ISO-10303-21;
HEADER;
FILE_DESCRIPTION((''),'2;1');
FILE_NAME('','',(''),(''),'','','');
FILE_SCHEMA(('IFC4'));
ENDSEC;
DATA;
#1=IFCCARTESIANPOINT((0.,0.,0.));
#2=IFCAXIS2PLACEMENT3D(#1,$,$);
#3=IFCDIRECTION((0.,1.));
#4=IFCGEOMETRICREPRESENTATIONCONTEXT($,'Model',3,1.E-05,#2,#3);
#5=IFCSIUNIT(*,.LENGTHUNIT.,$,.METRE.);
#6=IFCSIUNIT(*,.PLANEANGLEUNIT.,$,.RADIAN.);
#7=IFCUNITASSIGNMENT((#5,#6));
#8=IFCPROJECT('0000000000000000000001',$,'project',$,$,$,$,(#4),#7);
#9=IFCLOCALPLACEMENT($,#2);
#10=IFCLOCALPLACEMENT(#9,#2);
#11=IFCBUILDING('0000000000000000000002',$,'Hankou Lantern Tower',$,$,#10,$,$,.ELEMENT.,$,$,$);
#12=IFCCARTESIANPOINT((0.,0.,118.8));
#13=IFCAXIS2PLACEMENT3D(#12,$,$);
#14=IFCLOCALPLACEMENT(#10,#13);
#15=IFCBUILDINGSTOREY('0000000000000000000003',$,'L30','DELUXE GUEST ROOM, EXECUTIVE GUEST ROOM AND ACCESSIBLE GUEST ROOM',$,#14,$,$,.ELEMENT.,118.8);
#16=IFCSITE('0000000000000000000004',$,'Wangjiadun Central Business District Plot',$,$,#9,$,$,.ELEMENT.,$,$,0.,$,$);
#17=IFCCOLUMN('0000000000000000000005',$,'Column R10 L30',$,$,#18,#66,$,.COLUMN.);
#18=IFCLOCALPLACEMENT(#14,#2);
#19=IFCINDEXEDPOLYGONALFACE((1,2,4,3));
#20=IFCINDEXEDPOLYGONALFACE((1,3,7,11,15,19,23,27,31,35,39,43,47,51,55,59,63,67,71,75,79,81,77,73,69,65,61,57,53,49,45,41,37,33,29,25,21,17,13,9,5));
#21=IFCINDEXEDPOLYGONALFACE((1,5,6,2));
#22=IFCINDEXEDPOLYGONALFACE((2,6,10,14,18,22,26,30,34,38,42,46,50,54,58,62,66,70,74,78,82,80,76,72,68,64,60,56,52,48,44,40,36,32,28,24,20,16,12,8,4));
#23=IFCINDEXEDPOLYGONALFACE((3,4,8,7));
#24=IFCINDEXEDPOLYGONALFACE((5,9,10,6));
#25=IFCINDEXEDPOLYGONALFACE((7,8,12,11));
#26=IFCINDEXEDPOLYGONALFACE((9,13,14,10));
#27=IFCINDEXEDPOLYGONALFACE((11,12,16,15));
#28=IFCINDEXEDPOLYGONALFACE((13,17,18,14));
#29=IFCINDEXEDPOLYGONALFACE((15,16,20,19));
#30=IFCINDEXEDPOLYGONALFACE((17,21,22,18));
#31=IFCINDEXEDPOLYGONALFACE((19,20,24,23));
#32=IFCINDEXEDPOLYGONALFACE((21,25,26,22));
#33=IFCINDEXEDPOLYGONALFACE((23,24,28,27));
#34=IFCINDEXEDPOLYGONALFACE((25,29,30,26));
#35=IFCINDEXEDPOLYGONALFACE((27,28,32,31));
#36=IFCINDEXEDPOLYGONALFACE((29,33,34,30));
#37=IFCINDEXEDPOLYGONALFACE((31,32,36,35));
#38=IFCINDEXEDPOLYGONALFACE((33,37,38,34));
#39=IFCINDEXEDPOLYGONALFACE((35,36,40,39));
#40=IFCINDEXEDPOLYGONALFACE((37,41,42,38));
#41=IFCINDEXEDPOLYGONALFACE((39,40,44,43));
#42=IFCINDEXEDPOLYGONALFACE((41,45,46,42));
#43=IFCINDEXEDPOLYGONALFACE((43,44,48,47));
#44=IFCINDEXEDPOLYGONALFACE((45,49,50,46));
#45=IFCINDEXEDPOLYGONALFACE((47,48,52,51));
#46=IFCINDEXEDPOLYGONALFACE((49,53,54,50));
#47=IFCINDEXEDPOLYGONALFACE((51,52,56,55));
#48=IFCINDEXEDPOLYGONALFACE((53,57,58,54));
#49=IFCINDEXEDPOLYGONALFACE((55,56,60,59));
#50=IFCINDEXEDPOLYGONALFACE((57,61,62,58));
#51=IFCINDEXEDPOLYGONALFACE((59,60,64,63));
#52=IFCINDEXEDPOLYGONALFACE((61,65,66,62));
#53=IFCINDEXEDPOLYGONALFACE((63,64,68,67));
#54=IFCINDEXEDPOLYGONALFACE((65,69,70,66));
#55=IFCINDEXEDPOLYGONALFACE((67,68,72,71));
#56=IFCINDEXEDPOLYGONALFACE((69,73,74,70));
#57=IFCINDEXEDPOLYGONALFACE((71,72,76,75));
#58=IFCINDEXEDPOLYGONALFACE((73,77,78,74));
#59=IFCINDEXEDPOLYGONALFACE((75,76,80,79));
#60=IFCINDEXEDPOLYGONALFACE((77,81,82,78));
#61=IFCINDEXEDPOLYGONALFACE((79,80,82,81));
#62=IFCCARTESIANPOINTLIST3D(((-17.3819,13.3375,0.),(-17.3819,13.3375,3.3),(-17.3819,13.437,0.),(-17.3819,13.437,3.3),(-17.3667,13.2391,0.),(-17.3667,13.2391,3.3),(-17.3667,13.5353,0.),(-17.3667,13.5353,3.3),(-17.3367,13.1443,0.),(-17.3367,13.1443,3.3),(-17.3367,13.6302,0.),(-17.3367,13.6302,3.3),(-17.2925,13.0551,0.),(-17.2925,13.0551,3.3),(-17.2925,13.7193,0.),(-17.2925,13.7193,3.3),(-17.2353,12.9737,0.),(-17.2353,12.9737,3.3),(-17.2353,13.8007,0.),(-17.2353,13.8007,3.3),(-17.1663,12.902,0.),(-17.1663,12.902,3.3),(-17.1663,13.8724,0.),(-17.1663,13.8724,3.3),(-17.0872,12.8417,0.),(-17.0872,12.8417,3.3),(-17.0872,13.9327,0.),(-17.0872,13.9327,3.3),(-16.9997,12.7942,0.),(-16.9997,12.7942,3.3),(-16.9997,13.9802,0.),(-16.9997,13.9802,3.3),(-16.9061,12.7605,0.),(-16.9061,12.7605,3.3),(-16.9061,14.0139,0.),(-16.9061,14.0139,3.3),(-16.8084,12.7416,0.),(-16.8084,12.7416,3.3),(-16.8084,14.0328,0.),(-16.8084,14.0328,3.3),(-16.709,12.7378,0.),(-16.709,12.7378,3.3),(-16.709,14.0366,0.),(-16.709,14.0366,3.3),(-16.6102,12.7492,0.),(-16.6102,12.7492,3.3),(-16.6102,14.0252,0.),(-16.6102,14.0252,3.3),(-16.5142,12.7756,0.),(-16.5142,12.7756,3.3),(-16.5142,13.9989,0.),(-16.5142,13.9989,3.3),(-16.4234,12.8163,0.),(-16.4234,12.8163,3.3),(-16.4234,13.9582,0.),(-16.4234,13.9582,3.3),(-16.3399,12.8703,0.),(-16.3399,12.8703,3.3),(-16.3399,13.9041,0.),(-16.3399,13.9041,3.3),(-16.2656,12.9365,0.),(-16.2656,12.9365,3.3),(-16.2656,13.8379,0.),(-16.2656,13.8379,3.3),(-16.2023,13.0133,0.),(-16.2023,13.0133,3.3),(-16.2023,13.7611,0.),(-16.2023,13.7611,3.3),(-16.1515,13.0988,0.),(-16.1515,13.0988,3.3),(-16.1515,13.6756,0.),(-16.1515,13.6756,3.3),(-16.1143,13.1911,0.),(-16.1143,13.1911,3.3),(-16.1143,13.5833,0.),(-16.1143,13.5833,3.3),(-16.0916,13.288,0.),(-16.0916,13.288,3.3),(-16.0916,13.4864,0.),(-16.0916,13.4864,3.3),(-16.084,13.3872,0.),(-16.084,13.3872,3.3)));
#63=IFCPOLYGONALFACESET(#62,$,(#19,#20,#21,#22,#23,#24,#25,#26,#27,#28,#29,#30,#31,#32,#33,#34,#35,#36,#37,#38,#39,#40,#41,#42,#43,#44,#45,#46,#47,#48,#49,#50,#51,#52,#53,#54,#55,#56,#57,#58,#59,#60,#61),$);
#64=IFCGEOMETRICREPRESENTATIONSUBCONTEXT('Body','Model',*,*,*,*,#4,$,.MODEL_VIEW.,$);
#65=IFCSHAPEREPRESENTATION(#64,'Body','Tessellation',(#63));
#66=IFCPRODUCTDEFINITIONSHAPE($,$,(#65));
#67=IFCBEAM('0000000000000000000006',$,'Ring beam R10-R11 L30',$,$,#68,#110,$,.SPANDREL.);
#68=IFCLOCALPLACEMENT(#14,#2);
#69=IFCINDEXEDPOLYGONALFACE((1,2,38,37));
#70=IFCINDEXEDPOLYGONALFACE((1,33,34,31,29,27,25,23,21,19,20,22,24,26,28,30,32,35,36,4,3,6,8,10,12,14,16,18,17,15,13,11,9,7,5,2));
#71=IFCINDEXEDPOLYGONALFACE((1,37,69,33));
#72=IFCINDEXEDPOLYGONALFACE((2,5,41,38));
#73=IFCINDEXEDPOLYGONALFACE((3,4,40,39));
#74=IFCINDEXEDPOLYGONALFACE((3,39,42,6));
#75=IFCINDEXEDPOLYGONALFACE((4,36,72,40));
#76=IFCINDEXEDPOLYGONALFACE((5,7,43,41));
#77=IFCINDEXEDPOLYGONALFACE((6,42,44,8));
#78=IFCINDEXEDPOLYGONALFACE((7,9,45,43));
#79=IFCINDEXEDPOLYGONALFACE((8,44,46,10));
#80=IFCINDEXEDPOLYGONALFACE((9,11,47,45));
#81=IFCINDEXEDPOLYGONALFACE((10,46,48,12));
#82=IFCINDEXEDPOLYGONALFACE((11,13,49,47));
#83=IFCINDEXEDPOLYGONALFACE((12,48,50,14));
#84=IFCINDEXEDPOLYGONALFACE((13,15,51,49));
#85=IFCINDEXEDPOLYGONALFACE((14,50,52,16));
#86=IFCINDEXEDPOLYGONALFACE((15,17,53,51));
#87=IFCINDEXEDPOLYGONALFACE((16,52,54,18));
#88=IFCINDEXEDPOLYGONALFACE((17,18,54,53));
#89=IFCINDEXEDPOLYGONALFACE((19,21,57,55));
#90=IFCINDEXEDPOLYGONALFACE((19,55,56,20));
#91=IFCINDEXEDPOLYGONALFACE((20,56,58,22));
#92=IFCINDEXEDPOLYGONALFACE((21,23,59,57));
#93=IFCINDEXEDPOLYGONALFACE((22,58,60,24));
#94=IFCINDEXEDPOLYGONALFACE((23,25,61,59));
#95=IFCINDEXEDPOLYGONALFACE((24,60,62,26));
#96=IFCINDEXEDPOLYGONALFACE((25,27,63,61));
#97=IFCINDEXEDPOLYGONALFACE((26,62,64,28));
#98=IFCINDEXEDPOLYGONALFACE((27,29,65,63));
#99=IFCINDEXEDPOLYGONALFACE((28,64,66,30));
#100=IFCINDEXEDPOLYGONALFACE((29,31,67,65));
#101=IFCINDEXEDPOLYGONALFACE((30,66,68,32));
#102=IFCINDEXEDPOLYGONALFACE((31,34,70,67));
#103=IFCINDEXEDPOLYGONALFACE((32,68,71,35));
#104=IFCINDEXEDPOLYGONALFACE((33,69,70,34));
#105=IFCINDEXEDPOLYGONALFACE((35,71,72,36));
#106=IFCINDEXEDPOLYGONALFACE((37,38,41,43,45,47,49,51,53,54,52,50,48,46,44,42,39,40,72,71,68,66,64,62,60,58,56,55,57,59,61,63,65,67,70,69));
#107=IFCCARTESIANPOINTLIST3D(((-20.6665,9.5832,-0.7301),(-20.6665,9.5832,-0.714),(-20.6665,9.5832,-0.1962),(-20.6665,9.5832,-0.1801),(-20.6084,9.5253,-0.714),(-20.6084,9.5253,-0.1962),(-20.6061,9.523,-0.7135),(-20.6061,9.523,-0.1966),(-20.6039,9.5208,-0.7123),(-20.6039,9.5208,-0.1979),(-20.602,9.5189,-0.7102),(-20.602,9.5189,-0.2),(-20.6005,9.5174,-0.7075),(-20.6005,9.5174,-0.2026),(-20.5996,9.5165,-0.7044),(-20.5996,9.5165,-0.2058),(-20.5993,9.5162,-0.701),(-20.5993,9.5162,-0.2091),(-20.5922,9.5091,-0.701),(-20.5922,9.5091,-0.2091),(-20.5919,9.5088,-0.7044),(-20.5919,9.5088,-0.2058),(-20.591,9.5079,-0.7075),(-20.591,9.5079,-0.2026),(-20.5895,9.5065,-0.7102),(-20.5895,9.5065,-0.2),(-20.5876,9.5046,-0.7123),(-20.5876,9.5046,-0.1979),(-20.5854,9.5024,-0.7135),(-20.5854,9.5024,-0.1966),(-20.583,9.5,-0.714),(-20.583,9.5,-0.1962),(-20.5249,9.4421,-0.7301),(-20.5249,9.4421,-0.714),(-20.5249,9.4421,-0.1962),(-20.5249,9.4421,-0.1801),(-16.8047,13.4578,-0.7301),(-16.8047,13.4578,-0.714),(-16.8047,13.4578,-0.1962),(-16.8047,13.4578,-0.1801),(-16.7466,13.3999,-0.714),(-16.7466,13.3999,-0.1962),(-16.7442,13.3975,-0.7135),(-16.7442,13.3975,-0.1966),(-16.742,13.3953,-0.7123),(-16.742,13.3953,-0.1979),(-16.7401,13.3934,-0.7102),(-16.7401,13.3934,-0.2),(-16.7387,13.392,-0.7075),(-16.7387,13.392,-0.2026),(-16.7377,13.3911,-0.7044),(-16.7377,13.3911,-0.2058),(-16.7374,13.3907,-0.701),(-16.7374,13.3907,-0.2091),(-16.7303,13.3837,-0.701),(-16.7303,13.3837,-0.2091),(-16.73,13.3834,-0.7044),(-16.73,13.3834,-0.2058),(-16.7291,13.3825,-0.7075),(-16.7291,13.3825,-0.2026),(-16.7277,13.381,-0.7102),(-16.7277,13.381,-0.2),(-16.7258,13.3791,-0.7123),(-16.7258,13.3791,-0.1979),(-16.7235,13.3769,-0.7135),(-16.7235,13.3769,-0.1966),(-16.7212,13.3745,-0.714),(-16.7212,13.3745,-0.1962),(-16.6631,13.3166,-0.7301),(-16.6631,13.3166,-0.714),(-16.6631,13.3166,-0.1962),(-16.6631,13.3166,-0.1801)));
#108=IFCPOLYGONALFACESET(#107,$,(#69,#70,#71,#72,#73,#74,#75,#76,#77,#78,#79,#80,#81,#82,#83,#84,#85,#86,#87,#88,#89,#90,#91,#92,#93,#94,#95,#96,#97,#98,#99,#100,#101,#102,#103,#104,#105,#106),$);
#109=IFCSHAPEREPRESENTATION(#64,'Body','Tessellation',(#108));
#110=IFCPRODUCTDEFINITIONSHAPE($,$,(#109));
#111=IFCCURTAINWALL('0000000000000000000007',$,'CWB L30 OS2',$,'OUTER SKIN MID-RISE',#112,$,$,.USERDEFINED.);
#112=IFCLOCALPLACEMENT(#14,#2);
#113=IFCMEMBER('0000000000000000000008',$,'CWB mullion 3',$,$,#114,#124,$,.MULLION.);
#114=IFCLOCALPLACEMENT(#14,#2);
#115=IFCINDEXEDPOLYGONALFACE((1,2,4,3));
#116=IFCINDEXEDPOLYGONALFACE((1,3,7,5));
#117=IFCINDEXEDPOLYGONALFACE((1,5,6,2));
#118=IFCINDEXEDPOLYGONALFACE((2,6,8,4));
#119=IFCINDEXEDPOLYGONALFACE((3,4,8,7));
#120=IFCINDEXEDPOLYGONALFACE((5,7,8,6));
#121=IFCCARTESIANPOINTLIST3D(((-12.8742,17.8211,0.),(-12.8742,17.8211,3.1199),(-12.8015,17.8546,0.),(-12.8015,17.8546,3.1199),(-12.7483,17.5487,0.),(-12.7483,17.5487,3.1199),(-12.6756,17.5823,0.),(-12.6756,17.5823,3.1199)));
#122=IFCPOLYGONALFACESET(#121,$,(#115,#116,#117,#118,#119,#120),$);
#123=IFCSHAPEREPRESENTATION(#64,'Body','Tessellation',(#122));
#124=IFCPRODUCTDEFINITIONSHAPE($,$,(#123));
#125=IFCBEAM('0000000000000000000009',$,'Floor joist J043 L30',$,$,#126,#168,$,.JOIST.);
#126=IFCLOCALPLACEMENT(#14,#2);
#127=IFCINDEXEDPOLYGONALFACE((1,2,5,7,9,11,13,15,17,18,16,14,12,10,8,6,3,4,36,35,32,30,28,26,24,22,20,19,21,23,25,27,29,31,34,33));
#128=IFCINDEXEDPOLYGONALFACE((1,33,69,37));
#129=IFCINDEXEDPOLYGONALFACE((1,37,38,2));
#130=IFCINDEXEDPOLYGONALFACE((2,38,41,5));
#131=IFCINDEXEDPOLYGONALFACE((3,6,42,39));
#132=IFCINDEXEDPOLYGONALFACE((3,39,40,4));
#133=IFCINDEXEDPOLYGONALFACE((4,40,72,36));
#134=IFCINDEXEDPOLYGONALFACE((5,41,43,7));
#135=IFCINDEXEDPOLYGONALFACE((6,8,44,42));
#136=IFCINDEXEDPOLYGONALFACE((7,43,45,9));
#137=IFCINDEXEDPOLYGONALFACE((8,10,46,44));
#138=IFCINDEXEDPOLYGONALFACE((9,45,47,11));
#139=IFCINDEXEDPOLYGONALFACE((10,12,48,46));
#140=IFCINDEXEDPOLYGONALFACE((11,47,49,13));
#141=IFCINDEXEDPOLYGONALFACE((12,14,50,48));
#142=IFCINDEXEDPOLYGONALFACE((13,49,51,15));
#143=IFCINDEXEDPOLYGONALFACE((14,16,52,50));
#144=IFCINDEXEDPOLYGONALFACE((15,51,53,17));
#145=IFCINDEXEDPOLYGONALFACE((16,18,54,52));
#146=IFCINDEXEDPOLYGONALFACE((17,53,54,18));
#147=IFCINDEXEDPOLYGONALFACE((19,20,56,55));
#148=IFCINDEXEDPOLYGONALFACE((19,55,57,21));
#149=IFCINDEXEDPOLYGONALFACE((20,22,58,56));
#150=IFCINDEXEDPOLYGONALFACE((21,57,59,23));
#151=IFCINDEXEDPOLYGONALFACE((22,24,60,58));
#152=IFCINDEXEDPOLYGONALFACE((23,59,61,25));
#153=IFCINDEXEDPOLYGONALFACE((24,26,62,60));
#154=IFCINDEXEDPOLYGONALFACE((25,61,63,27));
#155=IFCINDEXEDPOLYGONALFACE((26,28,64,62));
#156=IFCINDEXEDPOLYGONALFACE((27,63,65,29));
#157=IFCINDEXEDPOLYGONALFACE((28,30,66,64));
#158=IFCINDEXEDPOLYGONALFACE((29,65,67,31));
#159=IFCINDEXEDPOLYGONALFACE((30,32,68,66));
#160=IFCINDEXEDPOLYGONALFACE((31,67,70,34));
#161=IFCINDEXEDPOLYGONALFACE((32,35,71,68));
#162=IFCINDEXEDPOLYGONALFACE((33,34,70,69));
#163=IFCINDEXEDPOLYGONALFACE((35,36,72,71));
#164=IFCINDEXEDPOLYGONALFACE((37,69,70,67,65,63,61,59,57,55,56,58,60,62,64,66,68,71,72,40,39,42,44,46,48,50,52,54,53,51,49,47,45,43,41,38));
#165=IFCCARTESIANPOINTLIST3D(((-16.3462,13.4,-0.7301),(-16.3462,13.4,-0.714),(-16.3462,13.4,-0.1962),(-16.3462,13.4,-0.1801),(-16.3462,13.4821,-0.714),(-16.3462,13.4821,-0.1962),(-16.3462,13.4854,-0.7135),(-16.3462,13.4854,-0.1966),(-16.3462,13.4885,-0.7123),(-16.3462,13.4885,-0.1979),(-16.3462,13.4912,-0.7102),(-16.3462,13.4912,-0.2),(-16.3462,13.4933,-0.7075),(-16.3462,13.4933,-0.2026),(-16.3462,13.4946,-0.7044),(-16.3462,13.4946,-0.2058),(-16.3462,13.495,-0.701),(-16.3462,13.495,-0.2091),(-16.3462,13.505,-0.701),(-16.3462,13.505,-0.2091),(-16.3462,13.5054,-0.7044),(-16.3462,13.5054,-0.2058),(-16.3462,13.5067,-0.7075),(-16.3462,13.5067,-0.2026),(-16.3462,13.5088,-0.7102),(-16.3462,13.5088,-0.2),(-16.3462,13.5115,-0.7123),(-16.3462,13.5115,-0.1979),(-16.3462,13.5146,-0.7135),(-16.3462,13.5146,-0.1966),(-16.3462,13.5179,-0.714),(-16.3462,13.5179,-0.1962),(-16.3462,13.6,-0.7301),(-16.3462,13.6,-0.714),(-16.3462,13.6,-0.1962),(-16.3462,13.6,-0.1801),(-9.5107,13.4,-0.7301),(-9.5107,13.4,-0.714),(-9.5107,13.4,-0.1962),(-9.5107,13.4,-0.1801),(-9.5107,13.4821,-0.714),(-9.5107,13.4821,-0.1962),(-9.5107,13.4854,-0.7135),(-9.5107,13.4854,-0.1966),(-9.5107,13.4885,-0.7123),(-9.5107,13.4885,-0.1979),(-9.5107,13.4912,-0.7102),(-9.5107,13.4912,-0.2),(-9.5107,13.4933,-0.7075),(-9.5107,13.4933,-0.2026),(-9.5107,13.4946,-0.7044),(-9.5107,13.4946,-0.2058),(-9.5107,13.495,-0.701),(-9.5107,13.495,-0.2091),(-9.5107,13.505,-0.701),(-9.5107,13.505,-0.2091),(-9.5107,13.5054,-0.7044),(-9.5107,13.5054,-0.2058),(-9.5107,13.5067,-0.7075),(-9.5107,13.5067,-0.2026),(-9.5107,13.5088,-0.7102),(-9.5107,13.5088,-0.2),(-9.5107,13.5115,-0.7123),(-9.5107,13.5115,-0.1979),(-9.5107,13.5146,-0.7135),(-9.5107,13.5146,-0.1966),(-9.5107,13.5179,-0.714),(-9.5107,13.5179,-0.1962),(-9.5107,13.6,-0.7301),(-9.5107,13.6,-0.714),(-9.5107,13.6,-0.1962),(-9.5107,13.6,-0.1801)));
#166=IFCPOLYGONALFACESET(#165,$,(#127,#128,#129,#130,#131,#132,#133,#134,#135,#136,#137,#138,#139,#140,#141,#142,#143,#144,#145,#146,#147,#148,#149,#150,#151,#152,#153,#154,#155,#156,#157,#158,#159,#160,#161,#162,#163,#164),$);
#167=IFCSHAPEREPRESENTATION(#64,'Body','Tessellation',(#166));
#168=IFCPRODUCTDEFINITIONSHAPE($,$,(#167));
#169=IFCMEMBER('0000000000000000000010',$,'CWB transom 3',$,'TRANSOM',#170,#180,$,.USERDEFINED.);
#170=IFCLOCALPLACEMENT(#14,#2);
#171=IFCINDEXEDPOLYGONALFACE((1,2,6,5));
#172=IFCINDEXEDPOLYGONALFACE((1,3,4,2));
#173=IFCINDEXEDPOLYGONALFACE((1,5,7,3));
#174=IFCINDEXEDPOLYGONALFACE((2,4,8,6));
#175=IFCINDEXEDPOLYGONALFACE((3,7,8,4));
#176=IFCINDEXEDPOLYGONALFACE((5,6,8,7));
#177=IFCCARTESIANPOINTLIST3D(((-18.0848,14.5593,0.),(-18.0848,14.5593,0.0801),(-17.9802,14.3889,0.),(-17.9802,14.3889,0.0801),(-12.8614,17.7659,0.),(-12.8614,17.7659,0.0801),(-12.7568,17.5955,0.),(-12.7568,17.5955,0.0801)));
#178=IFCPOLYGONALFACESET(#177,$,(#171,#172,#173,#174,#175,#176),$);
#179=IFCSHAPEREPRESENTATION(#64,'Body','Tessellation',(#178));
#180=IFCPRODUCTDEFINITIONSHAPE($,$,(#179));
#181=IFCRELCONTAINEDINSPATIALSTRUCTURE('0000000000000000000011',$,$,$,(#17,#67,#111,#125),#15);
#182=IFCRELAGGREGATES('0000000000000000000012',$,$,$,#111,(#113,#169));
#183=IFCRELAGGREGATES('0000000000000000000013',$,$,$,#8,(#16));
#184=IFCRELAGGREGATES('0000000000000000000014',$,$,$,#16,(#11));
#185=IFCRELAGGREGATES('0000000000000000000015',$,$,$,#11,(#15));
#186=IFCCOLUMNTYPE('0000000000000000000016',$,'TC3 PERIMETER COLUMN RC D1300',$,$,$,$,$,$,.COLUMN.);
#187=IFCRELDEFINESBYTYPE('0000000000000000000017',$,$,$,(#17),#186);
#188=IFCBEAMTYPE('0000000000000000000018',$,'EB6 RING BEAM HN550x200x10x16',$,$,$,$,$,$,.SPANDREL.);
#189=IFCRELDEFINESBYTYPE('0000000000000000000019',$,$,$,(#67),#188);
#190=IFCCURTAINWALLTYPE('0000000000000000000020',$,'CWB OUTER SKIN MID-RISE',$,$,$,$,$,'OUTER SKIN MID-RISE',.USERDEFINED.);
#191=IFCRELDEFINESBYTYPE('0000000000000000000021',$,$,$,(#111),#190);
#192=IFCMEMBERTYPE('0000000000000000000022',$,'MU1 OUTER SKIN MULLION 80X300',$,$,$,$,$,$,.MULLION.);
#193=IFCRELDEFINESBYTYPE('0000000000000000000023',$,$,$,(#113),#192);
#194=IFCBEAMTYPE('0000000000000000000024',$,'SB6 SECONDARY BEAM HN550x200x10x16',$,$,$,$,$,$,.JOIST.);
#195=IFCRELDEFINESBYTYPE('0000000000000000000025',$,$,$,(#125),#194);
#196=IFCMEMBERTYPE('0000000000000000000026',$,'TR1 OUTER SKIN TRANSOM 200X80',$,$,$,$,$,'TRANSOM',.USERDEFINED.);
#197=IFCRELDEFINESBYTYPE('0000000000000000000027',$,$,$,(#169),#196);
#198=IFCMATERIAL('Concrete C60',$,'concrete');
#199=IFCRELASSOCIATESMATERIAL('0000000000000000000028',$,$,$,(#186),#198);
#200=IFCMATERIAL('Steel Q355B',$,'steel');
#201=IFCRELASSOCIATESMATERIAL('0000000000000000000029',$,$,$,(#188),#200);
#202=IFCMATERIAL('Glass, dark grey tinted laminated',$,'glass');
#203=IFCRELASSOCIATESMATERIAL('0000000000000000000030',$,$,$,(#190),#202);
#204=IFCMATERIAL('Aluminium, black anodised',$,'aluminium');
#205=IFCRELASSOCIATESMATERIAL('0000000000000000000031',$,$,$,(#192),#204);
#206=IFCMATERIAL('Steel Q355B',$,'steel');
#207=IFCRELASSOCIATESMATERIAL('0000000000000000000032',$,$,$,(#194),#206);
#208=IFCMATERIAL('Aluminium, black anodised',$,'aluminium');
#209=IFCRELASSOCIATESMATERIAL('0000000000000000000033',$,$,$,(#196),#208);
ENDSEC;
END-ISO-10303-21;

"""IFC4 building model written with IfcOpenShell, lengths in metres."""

from ifc_helpers import new_model, si_unit, direction, frame, origin, origin_2d, place, context, subcontext, project, spatial, rectangle, circle, i_section, extrude, material, material_profile, profile_set, type_object, element, aggregate, save


model = new_model("IFC4")

# Units and contexts
model_context = context("Model", 3, precision=1e-05, world=origin(), true_north=direction((0.0, 1.0)))
body_context = subcontext(model_context, "Body", "Model", "MODEL_VIEW")
ifc_project = project(units=[si_unit("LENGTHUNIT", "METRE"), si_unit("PLANEANGLEUNIT", "RADIAN")], contexts=[model_context])

# Site, building, storey
site_placement = place(None, origin())
site = spatial("IfcSite", under=ifc_project, at=site_placement, Name="Wangjiadun Central Business District Plot", CompositionType="ELEMENT", RefElevation=0.0)
building_placement = place(site_placement, origin())
building = spatial("IfcBuilding", under=site, at=building_placement, Name="Hankou Lantern Tower", CompositionType="ELEMENT")
storey_placement = place(building_placement, frame((0.0, 0.0, 118.8)))
storey = spatial("IfcBuildingStorey", under=building, at=storey_placement, Name="L30", Description="DELUXE GUEST ROOM, EXECUTIVE GUEST ROOM AND ACCESSIBLE GUEST ROOM", CompositionType="ELEMENT", Elevation=118.8)

# Column
ifc_material_1 = material(Name="Concrete C60", Category="concrete")
ifc_material_profile_1 = material_profile(ifc_material_1, circle(Radius=0.6499, at=origin_2d()), Name="RC D1300")
ifc_profile_set_1 = profile_set([ifc_material_profile_1], Name="Concrete C60")
column_type = type_object("IfcColumnType", Name="TC3 PERIMETER COLUMN RC D1300", PredefinedType="COLUMN", material=ifc_profile_set_1)
column_placement = place(storey_placement, frame((-16.7339, 13.3872, 0.0), z_axis=(0.0, 0.0, 1.0), x_axis=(1.0, 0.0, 0.0)))
element("IfcColumn", 1, at=column_placement, inside=storey, type_object=column_type, Name="Column R10 L30", PredefinedType="COLUMN", context=body_context, shape_type="SweptSolid", body=[
    extrude(circle(Radius=0.6499, at=origin_2d()), origin(), (0.0, 0.0, 1.0), 3.3),
])

# Beam
ifc_material_2 = material(Name="Steel Q355B", Category="steel")
ifc_material_profile_2 = material_profile(ifc_material_2, i_section(OverallWidth=0.2, OverallDepth=0.55, WebThickness=0.01, FlangeThickness=0.0161, FilletRadius=0.0129, at=origin_2d()), Name="HN550x200x10x16")
ifc_profile_set_2 = profile_set([ifc_material_profile_2], Name="Steel Q355B")
beam_type_1 = type_object("IfcBeamType", Name="EB6 RING BEAM HN550x200x10x16", PredefinedType="SPANDREL", material=ifc_profile_set_2)
beam_1_placement = place(storey_placement, frame((-16.7339, 13.3872, -0.4551), z_axis=(-0.705945, -0.708266, 0.0), x_axis=(0.708266, -0.705945, 0.0)))
element("IfcBeam", 2, at=beam_1_placement, inside=storey, type_object=beam_type_1, Name="Ring beam R10-R11 L30", PredefinedType="SPANDREL", context=body_context, shape_type="SweptSolid", body=[
    extrude(i_section(OverallWidth=0.2, OverallDepth=0.55, WebThickness=0.01, FlangeThickness=0.0161, FilletRadius=0.0129, at=origin_2d()), origin(), (0.0, 0.0, 1.0), 5.4705),
])

# Curtain wall, member
ifc_material_3 = material(Name="Glass, dark grey tinted laminated", Category="glass")
curtain_wall_type = type_object("IfcCurtainWallType", Name="CWB OUTER SKIN MID-RISE", ElementType="OUTER SKIN MID-RISE", PredefinedType="USERDEFINED", material=ifc_material_3)
curtain_wall_placement = place(storey_placement, origin())
curtain_wall = element("IfcCurtainWall", 3, at=curtain_wall_placement, inside=storey, type_object=curtain_wall_type, Name="CWB L30 OS2", ObjectType="OUTER SKIN MID-RISE", PredefinedType="USERDEFINED")
ifc_material_4 = material(Name="Aluminium, black anodised", Category="aluminium")
ifc_material_profile_3 = material_profile(ifc_material_4, rectangle(XDim=0.0801, YDim=0.3, at=origin_2d()), Name="MU1 80X300")
ifc_profile_set_3 = profile_set([ifc_material_profile_3], Name="Aluminium, black anodised")
member_type_1 = type_object("IfcMemberType", Name="MU1 OUTER SKIN MULLION 80X300", PredefinedType="MULLION", material=ifc_profile_set_3)
member_1_placement = place(storey_placement, frame((-12.7749, 17.7017, 0.0), z_axis=(0.0, 0.0, 1.0), x_axis=(-0.907841, -0.419314, 0.0)))
member_1 = element("IfcMember", 4, at=member_1_placement, type_object=member_type_1, Name="CWB mullion 3", PredefinedType="MULLION", context=body_context, shape_type="SweptSolid", body=[
    extrude(rectangle(XDim=0.0801, YDim=0.3, at=origin_2d()), origin(), (0.0, 0.0, 1.0), 3.1199),
])

# Beam
ifc_material_5 = material(Name="Steel Q355B", Category="steel")
ifc_material_profile_4 = material_profile(ifc_material_5, i_section(OverallWidth=0.2, OverallDepth=0.55, WebThickness=0.01, FlangeThickness=0.0161, FilletRadius=0.0129, at=origin_2d()), Name="HN550x200x10x16")
ifc_profile_set_4 = profile_set([ifc_material_profile_4], Name="Steel Q355B")
beam_type_2 = type_object("IfcBeamType", Name="SB6 SECONDARY BEAM HN550x200x10x16", PredefinedType="JOIST", material=ifc_profile_set_4)
beam_2_placement = place(storey_placement, frame((-16.3462, 13.5, -0.4551), z_axis=(1.0, 0.0, 0.0), x_axis=(0.0, 1.0, 0.0)))
element("IfcBeam", 5, at=beam_2_placement, inside=storey, type_object=beam_type_2, Name="Floor joist J043 L30", PredefinedType="JOIST", context=body_context, shape_type="SweptSolid", body=[
    extrude(i_section(OverallWidth=0.2, OverallDepth=0.55, WebThickness=0.01, FlangeThickness=0.0161, FilletRadius=0.0129, at=origin_2d()), origin(), (0.0, 0.0, 1.0), 6.8354),
])

# Member
ifc_material_6 = material(Name="Aluminium, black anodised", Category="aluminium")
ifc_material_profile_5 = material_profile(ifc_material_6, rectangle(XDim=0.2, YDim=0.0801, at=origin_2d()), Name="TR1 200X80")
ifc_profile_set_5 = profile_set([ifc_material_profile_5], Name="Aluminium, black anodised")
member_type_2 = type_object("IfcMemberType", Name="TR1 OUTER SKIN TRANSOM 200X80", ElementType="TRANSOM", PredefinedType="USERDEFINED", material=ifc_profile_set_5)
member_2_placement = place(storey_placement, frame((-12.8091, 17.6807, 0.04), z_axis=(-0.852229, -0.523168, 0.0), x_axis=(0.523168, -0.852229, 0.0)))
member_2 = element("IfcMember", 6, at=member_2_placement, type_object=member_type_2, Name="CWB transom 3", ObjectType="TRANSOM", PredefinedType="USERDEFINED", context=body_context, shape_type="SweptSolid", body=[
    extrude(rectangle(XDim=0.2, YDim=0.0801, at=origin_2d()), origin(), (0.0, 0.0, 1.0), 6.1292),
])

aggregate(curtain_wall, [member_1, member_2])

save(model, "model.ifc")
